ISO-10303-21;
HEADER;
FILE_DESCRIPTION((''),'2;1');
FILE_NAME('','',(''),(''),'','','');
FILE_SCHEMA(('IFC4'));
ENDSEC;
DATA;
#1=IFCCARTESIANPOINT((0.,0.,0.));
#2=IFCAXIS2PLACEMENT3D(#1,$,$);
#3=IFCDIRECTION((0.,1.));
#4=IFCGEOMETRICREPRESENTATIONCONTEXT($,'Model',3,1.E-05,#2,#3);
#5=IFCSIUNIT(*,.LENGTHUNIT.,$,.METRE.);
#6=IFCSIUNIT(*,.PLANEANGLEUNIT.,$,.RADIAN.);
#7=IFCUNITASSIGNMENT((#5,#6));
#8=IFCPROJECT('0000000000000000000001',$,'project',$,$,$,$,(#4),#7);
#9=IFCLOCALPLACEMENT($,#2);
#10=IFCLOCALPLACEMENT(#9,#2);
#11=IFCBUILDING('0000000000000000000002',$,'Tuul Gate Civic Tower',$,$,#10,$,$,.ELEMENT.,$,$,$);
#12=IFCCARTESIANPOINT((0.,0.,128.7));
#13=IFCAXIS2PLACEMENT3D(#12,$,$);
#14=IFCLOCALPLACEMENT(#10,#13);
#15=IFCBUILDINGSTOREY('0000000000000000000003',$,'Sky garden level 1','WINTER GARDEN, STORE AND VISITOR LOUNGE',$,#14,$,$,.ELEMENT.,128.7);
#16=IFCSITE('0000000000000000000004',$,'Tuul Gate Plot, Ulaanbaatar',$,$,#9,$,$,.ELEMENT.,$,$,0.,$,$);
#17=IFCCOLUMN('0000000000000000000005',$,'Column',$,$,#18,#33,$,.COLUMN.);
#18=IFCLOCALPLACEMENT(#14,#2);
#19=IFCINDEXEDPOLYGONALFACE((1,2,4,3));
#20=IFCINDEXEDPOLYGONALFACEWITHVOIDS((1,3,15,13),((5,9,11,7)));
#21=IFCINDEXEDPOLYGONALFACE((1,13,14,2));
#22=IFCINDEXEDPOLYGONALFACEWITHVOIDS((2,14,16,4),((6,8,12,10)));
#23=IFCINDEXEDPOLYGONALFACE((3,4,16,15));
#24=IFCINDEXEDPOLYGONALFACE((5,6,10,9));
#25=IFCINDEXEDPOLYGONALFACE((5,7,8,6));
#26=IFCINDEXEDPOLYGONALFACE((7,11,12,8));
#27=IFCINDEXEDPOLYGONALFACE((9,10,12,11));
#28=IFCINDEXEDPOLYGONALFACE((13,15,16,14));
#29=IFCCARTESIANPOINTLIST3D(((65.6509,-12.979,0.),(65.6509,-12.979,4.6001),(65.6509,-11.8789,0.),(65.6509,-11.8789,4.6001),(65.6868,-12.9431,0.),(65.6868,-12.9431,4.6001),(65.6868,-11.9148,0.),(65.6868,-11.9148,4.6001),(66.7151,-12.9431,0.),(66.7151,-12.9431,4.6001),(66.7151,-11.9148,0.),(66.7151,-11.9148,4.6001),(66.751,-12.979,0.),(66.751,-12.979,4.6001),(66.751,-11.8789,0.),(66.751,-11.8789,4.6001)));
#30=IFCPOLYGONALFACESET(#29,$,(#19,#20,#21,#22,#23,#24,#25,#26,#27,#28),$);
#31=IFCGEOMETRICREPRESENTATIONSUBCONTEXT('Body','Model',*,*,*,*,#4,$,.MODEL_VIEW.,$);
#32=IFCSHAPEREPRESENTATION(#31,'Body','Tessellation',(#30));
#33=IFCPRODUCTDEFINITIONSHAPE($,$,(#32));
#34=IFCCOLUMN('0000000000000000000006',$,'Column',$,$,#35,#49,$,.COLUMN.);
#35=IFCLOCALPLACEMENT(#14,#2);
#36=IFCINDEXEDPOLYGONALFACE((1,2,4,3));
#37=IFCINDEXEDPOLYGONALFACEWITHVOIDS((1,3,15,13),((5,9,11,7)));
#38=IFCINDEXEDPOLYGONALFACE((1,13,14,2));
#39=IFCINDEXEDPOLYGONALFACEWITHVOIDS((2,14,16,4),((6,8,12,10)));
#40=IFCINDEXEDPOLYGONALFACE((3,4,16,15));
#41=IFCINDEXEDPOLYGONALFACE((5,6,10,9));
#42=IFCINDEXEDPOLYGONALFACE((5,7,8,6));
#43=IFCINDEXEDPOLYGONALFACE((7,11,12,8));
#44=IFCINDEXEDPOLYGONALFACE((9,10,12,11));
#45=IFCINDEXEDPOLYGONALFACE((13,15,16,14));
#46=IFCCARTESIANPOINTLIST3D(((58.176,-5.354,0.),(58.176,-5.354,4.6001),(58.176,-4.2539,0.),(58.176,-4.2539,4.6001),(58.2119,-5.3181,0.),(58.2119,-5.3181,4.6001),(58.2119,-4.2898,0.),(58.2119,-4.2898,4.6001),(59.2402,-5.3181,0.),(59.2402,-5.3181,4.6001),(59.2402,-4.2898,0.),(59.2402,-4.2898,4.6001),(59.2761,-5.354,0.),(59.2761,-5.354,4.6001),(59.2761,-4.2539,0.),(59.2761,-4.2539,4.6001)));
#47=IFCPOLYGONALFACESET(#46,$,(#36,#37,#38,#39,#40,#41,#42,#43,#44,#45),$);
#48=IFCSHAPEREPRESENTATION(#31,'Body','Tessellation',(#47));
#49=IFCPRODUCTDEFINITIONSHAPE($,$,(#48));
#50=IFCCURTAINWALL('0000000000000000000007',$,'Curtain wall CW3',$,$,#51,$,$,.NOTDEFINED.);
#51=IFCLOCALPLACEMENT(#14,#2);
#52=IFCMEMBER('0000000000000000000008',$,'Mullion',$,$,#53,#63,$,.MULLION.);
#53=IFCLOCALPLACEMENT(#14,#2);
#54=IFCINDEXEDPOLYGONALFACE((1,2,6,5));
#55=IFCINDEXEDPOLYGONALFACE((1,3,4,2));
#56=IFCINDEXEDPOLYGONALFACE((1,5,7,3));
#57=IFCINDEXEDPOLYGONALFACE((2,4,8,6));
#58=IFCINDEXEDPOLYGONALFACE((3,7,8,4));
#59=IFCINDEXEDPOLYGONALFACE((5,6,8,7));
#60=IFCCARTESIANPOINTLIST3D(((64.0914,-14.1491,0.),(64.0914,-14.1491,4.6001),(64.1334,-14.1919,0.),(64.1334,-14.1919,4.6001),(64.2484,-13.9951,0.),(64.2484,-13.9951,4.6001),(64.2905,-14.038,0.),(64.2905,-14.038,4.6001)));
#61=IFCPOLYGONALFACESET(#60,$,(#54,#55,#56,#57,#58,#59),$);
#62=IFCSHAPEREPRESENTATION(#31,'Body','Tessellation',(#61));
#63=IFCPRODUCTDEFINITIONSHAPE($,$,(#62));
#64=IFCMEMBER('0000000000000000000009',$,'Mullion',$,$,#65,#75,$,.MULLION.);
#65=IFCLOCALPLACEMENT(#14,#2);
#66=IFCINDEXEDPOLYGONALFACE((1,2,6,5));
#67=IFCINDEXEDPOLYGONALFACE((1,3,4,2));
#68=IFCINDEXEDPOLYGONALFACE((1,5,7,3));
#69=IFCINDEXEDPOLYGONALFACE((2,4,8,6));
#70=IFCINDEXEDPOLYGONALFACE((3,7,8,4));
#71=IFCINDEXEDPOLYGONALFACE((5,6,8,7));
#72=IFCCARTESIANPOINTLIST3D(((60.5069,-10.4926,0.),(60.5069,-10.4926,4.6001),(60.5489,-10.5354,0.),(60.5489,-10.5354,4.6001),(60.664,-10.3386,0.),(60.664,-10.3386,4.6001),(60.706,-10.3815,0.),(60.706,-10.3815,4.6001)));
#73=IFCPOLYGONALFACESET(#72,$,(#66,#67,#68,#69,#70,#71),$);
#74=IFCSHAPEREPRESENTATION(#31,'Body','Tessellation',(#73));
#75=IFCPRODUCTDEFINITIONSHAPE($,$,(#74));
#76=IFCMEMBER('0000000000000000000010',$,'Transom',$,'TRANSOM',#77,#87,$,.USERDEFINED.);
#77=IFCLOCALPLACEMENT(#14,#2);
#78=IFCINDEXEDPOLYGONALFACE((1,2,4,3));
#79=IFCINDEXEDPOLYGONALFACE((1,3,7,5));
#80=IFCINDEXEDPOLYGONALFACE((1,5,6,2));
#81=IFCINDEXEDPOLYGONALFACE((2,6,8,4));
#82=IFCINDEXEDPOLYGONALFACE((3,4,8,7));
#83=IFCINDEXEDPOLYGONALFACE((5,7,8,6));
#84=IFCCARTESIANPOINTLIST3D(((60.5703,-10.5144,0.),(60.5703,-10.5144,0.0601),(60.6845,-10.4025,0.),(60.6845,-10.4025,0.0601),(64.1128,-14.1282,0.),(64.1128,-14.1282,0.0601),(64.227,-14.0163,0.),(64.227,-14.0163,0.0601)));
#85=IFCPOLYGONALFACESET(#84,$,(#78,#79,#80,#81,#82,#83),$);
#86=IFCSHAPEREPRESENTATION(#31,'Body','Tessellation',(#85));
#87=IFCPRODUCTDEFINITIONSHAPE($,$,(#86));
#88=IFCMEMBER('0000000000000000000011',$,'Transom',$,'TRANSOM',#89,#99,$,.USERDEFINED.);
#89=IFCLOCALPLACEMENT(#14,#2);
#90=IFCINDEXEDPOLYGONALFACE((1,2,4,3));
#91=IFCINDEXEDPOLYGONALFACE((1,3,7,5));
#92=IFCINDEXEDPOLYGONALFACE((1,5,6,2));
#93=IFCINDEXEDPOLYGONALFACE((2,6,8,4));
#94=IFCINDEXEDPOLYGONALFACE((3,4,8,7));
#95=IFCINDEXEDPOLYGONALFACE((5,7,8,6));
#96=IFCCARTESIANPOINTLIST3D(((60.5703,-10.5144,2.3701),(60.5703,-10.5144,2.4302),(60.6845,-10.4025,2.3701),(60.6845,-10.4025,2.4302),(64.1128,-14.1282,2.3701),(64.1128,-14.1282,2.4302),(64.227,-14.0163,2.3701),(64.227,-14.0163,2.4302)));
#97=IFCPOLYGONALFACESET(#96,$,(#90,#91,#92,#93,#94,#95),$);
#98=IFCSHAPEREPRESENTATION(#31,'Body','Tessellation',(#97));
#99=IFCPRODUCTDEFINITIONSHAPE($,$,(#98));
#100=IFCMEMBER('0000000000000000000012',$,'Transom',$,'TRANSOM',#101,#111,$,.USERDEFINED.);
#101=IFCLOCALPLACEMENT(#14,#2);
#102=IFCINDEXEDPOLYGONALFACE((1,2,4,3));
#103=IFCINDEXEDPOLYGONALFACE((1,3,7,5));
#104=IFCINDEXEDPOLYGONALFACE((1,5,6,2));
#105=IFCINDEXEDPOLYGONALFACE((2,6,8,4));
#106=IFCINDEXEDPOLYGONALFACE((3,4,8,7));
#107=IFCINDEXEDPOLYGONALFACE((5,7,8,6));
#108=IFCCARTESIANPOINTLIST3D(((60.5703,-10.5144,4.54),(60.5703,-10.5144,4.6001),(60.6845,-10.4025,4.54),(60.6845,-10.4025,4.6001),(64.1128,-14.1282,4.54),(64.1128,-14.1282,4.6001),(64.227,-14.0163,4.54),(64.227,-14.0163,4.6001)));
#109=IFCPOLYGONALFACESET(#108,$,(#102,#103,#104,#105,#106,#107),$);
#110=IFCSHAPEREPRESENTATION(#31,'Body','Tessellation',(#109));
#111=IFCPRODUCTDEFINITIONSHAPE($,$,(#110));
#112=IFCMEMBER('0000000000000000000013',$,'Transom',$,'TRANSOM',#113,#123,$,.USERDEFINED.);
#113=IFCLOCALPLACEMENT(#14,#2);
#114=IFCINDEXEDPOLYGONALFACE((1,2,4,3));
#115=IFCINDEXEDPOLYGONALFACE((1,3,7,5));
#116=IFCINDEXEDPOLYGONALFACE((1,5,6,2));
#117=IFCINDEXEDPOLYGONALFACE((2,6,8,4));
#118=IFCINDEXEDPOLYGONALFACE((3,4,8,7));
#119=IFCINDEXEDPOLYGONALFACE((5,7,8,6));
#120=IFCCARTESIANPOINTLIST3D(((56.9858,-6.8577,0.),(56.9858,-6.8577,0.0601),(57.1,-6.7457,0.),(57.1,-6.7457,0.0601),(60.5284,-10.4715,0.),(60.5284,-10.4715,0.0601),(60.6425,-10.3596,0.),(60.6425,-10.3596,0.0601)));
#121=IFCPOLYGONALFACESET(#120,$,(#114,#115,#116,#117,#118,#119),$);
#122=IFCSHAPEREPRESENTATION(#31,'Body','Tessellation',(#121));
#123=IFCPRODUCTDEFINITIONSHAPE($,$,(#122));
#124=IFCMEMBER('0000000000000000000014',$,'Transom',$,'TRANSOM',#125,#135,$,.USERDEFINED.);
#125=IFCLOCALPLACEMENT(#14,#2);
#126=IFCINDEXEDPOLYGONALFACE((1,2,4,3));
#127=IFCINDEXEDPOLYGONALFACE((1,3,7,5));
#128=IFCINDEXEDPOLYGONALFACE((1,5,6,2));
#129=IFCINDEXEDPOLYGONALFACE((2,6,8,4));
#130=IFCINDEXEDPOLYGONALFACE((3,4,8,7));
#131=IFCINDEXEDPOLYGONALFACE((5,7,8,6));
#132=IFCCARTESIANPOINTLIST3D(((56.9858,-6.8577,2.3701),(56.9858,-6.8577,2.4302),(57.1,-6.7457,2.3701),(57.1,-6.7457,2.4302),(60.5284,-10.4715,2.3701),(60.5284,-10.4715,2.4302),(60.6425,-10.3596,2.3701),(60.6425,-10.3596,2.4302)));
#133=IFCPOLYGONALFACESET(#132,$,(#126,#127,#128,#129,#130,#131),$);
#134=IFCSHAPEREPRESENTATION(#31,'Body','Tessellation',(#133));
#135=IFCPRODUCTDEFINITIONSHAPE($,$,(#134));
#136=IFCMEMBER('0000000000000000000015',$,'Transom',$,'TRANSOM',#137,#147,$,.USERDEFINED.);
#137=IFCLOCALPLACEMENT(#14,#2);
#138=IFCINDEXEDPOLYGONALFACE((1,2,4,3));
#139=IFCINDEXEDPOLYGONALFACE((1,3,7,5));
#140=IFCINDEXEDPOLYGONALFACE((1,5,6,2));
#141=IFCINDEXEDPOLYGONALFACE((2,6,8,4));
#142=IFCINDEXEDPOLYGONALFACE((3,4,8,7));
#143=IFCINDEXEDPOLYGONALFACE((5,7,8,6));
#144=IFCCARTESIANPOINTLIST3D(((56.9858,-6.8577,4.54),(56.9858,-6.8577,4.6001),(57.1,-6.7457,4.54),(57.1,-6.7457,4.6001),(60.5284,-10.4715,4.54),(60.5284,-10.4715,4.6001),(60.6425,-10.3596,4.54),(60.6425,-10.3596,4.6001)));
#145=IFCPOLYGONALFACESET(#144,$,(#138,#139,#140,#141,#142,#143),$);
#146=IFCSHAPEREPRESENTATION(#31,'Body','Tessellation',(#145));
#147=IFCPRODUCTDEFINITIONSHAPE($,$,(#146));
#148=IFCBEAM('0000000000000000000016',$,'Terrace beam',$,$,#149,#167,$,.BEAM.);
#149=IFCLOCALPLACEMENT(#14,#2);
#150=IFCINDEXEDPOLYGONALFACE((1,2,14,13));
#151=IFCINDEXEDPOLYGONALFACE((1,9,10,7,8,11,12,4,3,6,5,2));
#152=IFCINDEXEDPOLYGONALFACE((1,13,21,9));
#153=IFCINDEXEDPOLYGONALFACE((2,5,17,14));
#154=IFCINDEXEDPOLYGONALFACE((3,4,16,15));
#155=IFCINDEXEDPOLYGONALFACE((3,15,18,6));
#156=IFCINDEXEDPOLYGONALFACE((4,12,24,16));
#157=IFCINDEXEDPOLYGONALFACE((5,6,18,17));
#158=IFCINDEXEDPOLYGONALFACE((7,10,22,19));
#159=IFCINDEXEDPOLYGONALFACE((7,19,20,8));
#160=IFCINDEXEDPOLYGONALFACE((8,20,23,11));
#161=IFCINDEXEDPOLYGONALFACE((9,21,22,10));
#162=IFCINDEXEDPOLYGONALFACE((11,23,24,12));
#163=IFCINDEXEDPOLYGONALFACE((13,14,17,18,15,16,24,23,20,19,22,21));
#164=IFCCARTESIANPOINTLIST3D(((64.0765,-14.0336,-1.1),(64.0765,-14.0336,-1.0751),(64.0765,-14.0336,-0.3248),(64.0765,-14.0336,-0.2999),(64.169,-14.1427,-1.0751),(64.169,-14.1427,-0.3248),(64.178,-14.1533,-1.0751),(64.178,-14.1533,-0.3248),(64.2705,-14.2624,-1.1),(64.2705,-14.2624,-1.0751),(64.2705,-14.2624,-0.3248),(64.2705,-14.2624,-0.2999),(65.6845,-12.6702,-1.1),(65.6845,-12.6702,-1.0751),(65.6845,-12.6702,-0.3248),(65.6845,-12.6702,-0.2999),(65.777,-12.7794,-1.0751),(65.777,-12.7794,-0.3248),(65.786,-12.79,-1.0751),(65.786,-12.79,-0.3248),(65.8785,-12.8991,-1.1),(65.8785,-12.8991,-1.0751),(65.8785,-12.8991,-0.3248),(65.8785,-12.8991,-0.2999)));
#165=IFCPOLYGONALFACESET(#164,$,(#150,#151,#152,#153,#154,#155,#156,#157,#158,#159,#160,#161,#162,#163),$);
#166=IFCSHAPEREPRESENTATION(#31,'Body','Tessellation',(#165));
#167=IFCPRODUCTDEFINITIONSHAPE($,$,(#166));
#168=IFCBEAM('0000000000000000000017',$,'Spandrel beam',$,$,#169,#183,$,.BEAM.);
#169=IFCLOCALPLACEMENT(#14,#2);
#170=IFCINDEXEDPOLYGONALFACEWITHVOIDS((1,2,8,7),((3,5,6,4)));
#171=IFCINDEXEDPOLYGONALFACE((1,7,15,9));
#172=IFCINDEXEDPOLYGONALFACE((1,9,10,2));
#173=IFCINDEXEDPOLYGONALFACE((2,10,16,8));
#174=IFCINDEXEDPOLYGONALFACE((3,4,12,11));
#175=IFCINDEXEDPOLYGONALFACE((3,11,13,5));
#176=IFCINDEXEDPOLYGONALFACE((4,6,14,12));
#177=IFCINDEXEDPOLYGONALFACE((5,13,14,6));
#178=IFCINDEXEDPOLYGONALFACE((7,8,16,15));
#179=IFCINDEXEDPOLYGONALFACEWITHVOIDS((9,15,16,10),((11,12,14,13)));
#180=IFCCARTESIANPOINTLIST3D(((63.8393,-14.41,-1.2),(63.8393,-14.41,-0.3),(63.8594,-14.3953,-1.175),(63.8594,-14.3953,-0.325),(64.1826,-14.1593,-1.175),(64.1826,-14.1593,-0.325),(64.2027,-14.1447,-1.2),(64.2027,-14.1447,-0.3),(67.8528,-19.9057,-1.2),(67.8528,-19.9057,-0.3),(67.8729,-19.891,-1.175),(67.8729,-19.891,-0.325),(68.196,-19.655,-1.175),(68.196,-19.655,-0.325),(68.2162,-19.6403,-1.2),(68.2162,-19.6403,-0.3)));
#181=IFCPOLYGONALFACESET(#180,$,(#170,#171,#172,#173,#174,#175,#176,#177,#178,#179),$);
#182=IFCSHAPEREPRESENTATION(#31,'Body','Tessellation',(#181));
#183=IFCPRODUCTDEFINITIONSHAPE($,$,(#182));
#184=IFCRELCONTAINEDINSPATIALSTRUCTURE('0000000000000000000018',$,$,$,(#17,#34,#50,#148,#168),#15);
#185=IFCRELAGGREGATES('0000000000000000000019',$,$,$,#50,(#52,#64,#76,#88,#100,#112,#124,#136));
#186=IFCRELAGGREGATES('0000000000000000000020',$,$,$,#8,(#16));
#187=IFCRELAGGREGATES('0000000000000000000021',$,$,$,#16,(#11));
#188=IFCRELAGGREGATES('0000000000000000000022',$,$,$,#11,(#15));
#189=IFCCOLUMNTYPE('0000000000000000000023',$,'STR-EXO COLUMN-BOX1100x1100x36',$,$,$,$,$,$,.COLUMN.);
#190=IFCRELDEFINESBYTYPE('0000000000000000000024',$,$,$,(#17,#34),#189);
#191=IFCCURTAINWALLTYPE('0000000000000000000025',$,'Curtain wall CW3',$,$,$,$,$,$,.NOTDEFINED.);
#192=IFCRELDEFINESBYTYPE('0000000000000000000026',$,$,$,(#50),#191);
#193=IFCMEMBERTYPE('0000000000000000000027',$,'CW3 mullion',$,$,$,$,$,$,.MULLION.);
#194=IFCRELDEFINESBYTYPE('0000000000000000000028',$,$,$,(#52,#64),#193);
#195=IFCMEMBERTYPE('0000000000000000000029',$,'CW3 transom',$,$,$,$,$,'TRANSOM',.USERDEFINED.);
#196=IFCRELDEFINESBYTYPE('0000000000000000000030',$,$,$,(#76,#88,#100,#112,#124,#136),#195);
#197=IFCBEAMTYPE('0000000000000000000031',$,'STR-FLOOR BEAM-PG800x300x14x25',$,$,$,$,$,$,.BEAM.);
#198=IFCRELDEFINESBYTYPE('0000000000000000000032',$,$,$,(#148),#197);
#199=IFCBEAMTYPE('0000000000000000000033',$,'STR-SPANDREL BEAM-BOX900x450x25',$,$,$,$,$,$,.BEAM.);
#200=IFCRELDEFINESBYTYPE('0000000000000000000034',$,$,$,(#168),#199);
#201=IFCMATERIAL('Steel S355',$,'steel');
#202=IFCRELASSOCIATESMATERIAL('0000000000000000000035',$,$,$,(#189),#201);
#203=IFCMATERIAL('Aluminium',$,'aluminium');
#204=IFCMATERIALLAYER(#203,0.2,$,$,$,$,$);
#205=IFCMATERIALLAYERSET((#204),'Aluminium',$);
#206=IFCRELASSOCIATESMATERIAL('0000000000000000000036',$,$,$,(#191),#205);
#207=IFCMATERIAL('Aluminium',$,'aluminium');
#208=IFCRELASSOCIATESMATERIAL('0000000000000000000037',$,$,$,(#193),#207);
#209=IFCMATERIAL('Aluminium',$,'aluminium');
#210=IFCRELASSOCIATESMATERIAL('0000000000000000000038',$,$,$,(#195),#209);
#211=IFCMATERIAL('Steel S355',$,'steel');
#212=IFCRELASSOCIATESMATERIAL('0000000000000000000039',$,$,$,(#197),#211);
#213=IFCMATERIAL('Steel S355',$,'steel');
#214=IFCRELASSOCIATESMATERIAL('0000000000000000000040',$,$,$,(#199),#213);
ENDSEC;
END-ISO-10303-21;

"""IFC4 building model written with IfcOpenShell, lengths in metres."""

from ifc_helpers import new_model, si_unit, direction, frame, origin, origin_2d, place, context, subcontext, project, spatial, rectangle, hollow_rectangle, i_section, extrude, material, layer, layer_set, material_profile, profile_set, type_object, element, aggregate, save


model = new_model("IFC4")

# Units and contexts
model_context = context("Model", 3, precision=1e-05, world=origin(), true_north=direction((0.0, 1.0)))
body_context = subcontext(model_context, "Body", "Model", "MODEL_VIEW")
ifc_project = project(units=[si_unit("LENGTHUNIT", "METRE"), si_unit("PLANEANGLEUNIT", "RADIAN")], contexts=[model_context])

# Site, building, storey
site_placement = place(None, origin())
site = spatial("IfcSite", under=ifc_project, at=site_placement, Name="Tuul Gate Plot, Ulaanbaatar", CompositionType="ELEMENT", RefElevation=0.0)
building_placement = place(site_placement, origin())
building = spatial("IfcBuilding", under=site, at=building_placement, Name="Tuul Gate Civic Tower", CompositionType="ELEMENT")
storey_placement = place(building_placement, frame((0.0, 0.0, 128.7)))
storey = spatial("IfcBuildingStorey", under=building, at=storey_placement, Name="Sky garden level 1", Description="WINTER GARDEN, STORE AND VISITOR LOUNGE", CompositionType="ELEMENT", Elevation=128.7)

# Columns
ifc_material_1 = material(Name="Steel S355", Category="steel")
ifc_material_profile_1 = material_profile(ifc_material_1, hollow_rectangle(XDim=1.1001, YDim=1.1001, WallThickness=0.0359, at=origin_2d()), Name="BOX1100x1100x36")
ifc_profile_set_1 = profile_set([ifc_material_profile_1], Name="Steel S355")
column_type = type_object("IfcColumnType", Name="STR-EXO COLUMN-BOX1100x1100x36", PredefinedType="COLUMN", material=ifc_profile_set_1)
for number, where, z_axis, x_axis, name in (
    (1, (66.2009, -12.429, 0.0), (0.0, 0.0, 1.0), (1.0, 0.0, 0.0), "Column"),
    (2, (58.7261, -4.804, 0.0), (0.0, 0.0, 1.0), (1.0, 0.0, 0.0), "Column"),
):
    element("IfcColumn", number, at=place(storey_placement, frame(where, z_axis=z_axis, x_axis=x_axis)), inside=storey, type_object=column_type, Name=name, PredefinedType="COLUMN", context=body_context, shape_type="SweptSolid", body=[
        extrude(hollow_rectangle(XDim=1.1001, YDim=1.1001, WallThickness=0.0359, at=origin_2d()), origin(), (0.0, 0.0, 1.0), 4.6001),
    ])

# Curtain wall, members
ifc_material_2 = material(Name="Aluminium", Category="aluminium")
ifc_layer_1 = layer(ifc_material_2, 0.2)
ifc_layer_set_1 = layer_set([ifc_layer_1], Name="Aluminium")
curtain_wall_type = type_object("IfcCurtainWallType", Name="Curtain wall CW3", PredefinedType="NOTDEFINED", material=ifc_layer_set_1)
curtain_wall_placement = place(storey_placement, origin())
curtain_wall = element("IfcCurtainWall", 3, at=curtain_wall_placement, inside=storey, type_object=curtain_wall_type, Name="Curtain wall CW3", PredefinedType="NOTDEFINED")
ifc_material_3 = material(Name="Aluminium", Category="aluminium")
ifc_material_profile_2 = material_profile(ifc_material_3, rectangle(XDim=0.22, YDim=0.0601, at=origin_2d()), Name="CW3 mullion")
ifc_profile_set_2 = profile_set([ifc_material_profile_2], Name="Aluminium")
member_type_1 = type_object("IfcMemberType", Name="CW3 mullion", PredefinedType="MULLION", material=ifc_profile_set_2)
member_1_placement = place(storey_placement, frame((64.1909, -14.0935, 0.0), z_axis=(0.0, 0.0, 1.0), x_axis=(-0.71411, -0.700034, 0.0)))
member_1 = element("IfcMember", 4, at=member_1_placement, type_object=member_type_1, Name="Mullion", PredefinedType="MULLION", context=body_context, shape_type="SweptSolid", body=[
    extrude(rectangle(XDim=0.22, YDim=0.0601, at=origin_2d()), origin(), (0.0, 0.0, 1.0), 4.6001),
])
member_2_placement = place(storey_placement, frame((60.6064, -10.437, 0.0), z_axis=(0.0, 0.0, 1.0), x_axis=(-0.71411, -0.700034, 0.0)))
member_2 = element("IfcMember", 5, at=member_2_placement, type_object=member_type_1, Name="Mullion", PredefinedType="MULLION", context=body_context, shape_type="SweptSolid", body=[
    extrude(rectangle(XDim=0.22, YDim=0.0601, at=origin_2d()), origin(), (0.0, 0.0, 1.0), 4.6001),
])
ifc_material_4 = material(Name="Aluminium", Category="aluminium")
ifc_material_profile_3 = material_profile(ifc_material_4, rectangle(XDim=0.1599, YDim=0.0601, at=origin_2d()), Name="CW3 transom")
ifc_profile_set_3 = profile_set([ifc_material_profile_3], Name="Aluminium")
member_type_2 = type_object("IfcMemberType", Name="CW3 transom", ElementType="TRANSOM", PredefinedType="USERDEFINED", material=ifc_profile_set_3)
member_3_placement = place(storey_placement, frame((64.1699, -14.0723, 0.03), z_axis=(-0.700028, 0.714115, 0.0), x_axis=(-0.714115, -0.700028, 0.0)))
member_3 = element("IfcMember", 6, at=member_3_placement, type_object=member_type_2, Name="Transom", ObjectType="TRANSOM", PredefinedType="USERDEFINED", context=body_context, shape_type="SweptSolid", body=[
    extrude(rectangle(XDim=0.1599, YDim=0.0601, at=origin_2d()), origin(), (0.0, 0.0, 1.0), 5.0605),
])
member_4_placement = place(storey_placement, frame((64.1699, -14.0723, 2.4001), z_axis=(-0.700028, 0.714115, 0.0), x_axis=(-0.714115, -0.700028, 0.0)))
member_4 = element("IfcMember", 7, at=member_4_placement, type_object=member_type_2, Name="Transom", ObjectType="TRANSOM", PredefinedType="USERDEFINED", context=body_context, shape_type="SweptSolid", body=[
    extrude(rectangle(XDim=0.1599, YDim=0.0601, at=origin_2d()), origin(), (0.0, 0.0, 1.0), 5.0605),
])
member_5_placement = place(storey_placement, frame((64.1699, -14.0723, 4.5701), z_axis=(-0.700028, 0.714115, 0.0), x_axis=(-0.714115, -0.700028, 0.0)))
member_5 = element("IfcMember", 8, at=member_5_placement, type_object=member_type_2, Name="Transom", ObjectType="TRANSOM", PredefinedType="USERDEFINED", context=body_context, shape_type="SweptSolid", body=[
    extrude(rectangle(XDim=0.1599, YDim=0.0601, at=origin_2d()), origin(), (0.0, 0.0, 1.0), 5.0605),
])
member_6_placement = place(storey_placement, frame((60.5854, -10.4155, 0.03), z_axis=(-0.700028, 0.714115, 0.0), x_axis=(-0.714115, -0.700028, 0.0)))
member_6 = element("IfcMember", 9, at=member_6_placement, type_object=member_type_2, Name="Transom", ObjectType="TRANSOM", PredefinedType="USERDEFINED", context=body_context, shape_type="SweptSolid", body=[
    extrude(rectangle(XDim=0.1599, YDim=0.0601, at=origin_2d()), origin(), (0.0, 0.0, 1.0), 5.0605),
])
member_7_placement = place(storey_placement, frame((60.5854, -10.4155, 2.4001), z_axis=(-0.700028, 0.714115, 0.0), x_axis=(-0.714115, -0.700028, 0.0)))
member_7 = element("IfcMember", 10, at=member_7_placement, type_object=member_type_2, Name="Transom", ObjectType="TRANSOM", PredefinedType="USERDEFINED", context=body_context, shape_type="SweptSolid", body=[
    extrude(rectangle(XDim=0.1599, YDim=0.0601, at=origin_2d()), origin(), (0.0, 0.0, 1.0), 5.0605),
])
member_8_placement = place(storey_placement, frame((60.5854, -10.4155, 4.5701), z_axis=(-0.700028, 0.714115, 0.0), x_axis=(-0.714115, -0.700028, 0.0)))
member_8 = element("IfcMember", 11, at=member_8_placement, type_object=member_type_2, Name="Transom", ObjectType="TRANSOM", PredefinedType="USERDEFINED", context=body_context, shape_type="SweptSolid", body=[
    extrude(rectangle(XDim=0.1599, YDim=0.0601, at=origin_2d()), origin(), (0.0, 0.0, 1.0), 5.0605),
])

# Beams
ifc_material_5 = material(Name="Steel S355", Category="steel")
ifc_material_profile_4 = material_profile(ifc_material_5, i_section(OverallWidth=0.3, OverallDepth=0.8, WebThickness=0.0139, FlangeThickness=0.0249, at=origin_2d()), Name="PG800x300x14x25")
ifc_profile_set_4 = profile_set([ifc_material_profile_4], Name="Steel S355")
beam_type_1 = type_object("IfcBeamType", Name="STR-FLOOR BEAM-PG800x300x14x25", PredefinedType="BEAM", material=ifc_profile_set_4)
beam_1_placement = place(storey_placement, frame((65.7815, -12.7847, -0.7), z_axis=(-0.762745, -0.6467, 0.0), x_axis=(0.6467, -0.762745, 0.0)))
element("IfcBeam", 12, at=beam_1_placement, inside=storey, type_object=beam_type_1, Name="Terrace beam", PredefinedType="BEAM", context=body_context, shape_type="SweptSolid", body=[
    extrude(i_section(OverallWidth=0.3, OverallDepth=0.8, WebThickness=0.0139, FlangeThickness=0.0249, at=origin_2d()), origin(), (0.0, 0.0, 1.0), 2.1082),
])
ifc_material_6 = material(Name="Steel S355", Category="steel")
ifc_material_profile_5 = material_profile(ifc_material_6, hollow_rectangle(XDim=0.45, YDim=0.8999, WallThickness=0.0249, at=origin_2d()), Name="BOX900x450x25")
ifc_profile_set_5 = profile_set([ifc_material_profile_5], Name="Steel S355")
beam_type_2 = type_object("IfcBeamType", Name="STR-SPANDREL BEAM-BOX900x450x25", PredefinedType="BEAM", material=ifc_profile_set_5)
beam_2_placement = place(storey_placement, frame((64.021, -14.2773, -0.75), z_axis=(0.589768, -0.807573, 0.0), x_axis=(0.807573, 0.589768, 0.0)))
element("IfcBeam", 13, at=beam_2_placement, inside=storey, type_object=beam_type_2, Name="Spandrel beam", PredefinedType="BEAM", context=body_context, shape_type="SweptSolid", body=[
    extrude(hollow_rectangle(XDim=0.45, YDim=0.8999, WallThickness=0.0249, at=origin_2d()), origin(), (0.0, 0.0, 1.0), 6.8052),
])

aggregate(curtain_wall, [member_1, member_2, member_3, member_4, member_5, member_6, member_7, member_8])

save(model, "model.ifc")
